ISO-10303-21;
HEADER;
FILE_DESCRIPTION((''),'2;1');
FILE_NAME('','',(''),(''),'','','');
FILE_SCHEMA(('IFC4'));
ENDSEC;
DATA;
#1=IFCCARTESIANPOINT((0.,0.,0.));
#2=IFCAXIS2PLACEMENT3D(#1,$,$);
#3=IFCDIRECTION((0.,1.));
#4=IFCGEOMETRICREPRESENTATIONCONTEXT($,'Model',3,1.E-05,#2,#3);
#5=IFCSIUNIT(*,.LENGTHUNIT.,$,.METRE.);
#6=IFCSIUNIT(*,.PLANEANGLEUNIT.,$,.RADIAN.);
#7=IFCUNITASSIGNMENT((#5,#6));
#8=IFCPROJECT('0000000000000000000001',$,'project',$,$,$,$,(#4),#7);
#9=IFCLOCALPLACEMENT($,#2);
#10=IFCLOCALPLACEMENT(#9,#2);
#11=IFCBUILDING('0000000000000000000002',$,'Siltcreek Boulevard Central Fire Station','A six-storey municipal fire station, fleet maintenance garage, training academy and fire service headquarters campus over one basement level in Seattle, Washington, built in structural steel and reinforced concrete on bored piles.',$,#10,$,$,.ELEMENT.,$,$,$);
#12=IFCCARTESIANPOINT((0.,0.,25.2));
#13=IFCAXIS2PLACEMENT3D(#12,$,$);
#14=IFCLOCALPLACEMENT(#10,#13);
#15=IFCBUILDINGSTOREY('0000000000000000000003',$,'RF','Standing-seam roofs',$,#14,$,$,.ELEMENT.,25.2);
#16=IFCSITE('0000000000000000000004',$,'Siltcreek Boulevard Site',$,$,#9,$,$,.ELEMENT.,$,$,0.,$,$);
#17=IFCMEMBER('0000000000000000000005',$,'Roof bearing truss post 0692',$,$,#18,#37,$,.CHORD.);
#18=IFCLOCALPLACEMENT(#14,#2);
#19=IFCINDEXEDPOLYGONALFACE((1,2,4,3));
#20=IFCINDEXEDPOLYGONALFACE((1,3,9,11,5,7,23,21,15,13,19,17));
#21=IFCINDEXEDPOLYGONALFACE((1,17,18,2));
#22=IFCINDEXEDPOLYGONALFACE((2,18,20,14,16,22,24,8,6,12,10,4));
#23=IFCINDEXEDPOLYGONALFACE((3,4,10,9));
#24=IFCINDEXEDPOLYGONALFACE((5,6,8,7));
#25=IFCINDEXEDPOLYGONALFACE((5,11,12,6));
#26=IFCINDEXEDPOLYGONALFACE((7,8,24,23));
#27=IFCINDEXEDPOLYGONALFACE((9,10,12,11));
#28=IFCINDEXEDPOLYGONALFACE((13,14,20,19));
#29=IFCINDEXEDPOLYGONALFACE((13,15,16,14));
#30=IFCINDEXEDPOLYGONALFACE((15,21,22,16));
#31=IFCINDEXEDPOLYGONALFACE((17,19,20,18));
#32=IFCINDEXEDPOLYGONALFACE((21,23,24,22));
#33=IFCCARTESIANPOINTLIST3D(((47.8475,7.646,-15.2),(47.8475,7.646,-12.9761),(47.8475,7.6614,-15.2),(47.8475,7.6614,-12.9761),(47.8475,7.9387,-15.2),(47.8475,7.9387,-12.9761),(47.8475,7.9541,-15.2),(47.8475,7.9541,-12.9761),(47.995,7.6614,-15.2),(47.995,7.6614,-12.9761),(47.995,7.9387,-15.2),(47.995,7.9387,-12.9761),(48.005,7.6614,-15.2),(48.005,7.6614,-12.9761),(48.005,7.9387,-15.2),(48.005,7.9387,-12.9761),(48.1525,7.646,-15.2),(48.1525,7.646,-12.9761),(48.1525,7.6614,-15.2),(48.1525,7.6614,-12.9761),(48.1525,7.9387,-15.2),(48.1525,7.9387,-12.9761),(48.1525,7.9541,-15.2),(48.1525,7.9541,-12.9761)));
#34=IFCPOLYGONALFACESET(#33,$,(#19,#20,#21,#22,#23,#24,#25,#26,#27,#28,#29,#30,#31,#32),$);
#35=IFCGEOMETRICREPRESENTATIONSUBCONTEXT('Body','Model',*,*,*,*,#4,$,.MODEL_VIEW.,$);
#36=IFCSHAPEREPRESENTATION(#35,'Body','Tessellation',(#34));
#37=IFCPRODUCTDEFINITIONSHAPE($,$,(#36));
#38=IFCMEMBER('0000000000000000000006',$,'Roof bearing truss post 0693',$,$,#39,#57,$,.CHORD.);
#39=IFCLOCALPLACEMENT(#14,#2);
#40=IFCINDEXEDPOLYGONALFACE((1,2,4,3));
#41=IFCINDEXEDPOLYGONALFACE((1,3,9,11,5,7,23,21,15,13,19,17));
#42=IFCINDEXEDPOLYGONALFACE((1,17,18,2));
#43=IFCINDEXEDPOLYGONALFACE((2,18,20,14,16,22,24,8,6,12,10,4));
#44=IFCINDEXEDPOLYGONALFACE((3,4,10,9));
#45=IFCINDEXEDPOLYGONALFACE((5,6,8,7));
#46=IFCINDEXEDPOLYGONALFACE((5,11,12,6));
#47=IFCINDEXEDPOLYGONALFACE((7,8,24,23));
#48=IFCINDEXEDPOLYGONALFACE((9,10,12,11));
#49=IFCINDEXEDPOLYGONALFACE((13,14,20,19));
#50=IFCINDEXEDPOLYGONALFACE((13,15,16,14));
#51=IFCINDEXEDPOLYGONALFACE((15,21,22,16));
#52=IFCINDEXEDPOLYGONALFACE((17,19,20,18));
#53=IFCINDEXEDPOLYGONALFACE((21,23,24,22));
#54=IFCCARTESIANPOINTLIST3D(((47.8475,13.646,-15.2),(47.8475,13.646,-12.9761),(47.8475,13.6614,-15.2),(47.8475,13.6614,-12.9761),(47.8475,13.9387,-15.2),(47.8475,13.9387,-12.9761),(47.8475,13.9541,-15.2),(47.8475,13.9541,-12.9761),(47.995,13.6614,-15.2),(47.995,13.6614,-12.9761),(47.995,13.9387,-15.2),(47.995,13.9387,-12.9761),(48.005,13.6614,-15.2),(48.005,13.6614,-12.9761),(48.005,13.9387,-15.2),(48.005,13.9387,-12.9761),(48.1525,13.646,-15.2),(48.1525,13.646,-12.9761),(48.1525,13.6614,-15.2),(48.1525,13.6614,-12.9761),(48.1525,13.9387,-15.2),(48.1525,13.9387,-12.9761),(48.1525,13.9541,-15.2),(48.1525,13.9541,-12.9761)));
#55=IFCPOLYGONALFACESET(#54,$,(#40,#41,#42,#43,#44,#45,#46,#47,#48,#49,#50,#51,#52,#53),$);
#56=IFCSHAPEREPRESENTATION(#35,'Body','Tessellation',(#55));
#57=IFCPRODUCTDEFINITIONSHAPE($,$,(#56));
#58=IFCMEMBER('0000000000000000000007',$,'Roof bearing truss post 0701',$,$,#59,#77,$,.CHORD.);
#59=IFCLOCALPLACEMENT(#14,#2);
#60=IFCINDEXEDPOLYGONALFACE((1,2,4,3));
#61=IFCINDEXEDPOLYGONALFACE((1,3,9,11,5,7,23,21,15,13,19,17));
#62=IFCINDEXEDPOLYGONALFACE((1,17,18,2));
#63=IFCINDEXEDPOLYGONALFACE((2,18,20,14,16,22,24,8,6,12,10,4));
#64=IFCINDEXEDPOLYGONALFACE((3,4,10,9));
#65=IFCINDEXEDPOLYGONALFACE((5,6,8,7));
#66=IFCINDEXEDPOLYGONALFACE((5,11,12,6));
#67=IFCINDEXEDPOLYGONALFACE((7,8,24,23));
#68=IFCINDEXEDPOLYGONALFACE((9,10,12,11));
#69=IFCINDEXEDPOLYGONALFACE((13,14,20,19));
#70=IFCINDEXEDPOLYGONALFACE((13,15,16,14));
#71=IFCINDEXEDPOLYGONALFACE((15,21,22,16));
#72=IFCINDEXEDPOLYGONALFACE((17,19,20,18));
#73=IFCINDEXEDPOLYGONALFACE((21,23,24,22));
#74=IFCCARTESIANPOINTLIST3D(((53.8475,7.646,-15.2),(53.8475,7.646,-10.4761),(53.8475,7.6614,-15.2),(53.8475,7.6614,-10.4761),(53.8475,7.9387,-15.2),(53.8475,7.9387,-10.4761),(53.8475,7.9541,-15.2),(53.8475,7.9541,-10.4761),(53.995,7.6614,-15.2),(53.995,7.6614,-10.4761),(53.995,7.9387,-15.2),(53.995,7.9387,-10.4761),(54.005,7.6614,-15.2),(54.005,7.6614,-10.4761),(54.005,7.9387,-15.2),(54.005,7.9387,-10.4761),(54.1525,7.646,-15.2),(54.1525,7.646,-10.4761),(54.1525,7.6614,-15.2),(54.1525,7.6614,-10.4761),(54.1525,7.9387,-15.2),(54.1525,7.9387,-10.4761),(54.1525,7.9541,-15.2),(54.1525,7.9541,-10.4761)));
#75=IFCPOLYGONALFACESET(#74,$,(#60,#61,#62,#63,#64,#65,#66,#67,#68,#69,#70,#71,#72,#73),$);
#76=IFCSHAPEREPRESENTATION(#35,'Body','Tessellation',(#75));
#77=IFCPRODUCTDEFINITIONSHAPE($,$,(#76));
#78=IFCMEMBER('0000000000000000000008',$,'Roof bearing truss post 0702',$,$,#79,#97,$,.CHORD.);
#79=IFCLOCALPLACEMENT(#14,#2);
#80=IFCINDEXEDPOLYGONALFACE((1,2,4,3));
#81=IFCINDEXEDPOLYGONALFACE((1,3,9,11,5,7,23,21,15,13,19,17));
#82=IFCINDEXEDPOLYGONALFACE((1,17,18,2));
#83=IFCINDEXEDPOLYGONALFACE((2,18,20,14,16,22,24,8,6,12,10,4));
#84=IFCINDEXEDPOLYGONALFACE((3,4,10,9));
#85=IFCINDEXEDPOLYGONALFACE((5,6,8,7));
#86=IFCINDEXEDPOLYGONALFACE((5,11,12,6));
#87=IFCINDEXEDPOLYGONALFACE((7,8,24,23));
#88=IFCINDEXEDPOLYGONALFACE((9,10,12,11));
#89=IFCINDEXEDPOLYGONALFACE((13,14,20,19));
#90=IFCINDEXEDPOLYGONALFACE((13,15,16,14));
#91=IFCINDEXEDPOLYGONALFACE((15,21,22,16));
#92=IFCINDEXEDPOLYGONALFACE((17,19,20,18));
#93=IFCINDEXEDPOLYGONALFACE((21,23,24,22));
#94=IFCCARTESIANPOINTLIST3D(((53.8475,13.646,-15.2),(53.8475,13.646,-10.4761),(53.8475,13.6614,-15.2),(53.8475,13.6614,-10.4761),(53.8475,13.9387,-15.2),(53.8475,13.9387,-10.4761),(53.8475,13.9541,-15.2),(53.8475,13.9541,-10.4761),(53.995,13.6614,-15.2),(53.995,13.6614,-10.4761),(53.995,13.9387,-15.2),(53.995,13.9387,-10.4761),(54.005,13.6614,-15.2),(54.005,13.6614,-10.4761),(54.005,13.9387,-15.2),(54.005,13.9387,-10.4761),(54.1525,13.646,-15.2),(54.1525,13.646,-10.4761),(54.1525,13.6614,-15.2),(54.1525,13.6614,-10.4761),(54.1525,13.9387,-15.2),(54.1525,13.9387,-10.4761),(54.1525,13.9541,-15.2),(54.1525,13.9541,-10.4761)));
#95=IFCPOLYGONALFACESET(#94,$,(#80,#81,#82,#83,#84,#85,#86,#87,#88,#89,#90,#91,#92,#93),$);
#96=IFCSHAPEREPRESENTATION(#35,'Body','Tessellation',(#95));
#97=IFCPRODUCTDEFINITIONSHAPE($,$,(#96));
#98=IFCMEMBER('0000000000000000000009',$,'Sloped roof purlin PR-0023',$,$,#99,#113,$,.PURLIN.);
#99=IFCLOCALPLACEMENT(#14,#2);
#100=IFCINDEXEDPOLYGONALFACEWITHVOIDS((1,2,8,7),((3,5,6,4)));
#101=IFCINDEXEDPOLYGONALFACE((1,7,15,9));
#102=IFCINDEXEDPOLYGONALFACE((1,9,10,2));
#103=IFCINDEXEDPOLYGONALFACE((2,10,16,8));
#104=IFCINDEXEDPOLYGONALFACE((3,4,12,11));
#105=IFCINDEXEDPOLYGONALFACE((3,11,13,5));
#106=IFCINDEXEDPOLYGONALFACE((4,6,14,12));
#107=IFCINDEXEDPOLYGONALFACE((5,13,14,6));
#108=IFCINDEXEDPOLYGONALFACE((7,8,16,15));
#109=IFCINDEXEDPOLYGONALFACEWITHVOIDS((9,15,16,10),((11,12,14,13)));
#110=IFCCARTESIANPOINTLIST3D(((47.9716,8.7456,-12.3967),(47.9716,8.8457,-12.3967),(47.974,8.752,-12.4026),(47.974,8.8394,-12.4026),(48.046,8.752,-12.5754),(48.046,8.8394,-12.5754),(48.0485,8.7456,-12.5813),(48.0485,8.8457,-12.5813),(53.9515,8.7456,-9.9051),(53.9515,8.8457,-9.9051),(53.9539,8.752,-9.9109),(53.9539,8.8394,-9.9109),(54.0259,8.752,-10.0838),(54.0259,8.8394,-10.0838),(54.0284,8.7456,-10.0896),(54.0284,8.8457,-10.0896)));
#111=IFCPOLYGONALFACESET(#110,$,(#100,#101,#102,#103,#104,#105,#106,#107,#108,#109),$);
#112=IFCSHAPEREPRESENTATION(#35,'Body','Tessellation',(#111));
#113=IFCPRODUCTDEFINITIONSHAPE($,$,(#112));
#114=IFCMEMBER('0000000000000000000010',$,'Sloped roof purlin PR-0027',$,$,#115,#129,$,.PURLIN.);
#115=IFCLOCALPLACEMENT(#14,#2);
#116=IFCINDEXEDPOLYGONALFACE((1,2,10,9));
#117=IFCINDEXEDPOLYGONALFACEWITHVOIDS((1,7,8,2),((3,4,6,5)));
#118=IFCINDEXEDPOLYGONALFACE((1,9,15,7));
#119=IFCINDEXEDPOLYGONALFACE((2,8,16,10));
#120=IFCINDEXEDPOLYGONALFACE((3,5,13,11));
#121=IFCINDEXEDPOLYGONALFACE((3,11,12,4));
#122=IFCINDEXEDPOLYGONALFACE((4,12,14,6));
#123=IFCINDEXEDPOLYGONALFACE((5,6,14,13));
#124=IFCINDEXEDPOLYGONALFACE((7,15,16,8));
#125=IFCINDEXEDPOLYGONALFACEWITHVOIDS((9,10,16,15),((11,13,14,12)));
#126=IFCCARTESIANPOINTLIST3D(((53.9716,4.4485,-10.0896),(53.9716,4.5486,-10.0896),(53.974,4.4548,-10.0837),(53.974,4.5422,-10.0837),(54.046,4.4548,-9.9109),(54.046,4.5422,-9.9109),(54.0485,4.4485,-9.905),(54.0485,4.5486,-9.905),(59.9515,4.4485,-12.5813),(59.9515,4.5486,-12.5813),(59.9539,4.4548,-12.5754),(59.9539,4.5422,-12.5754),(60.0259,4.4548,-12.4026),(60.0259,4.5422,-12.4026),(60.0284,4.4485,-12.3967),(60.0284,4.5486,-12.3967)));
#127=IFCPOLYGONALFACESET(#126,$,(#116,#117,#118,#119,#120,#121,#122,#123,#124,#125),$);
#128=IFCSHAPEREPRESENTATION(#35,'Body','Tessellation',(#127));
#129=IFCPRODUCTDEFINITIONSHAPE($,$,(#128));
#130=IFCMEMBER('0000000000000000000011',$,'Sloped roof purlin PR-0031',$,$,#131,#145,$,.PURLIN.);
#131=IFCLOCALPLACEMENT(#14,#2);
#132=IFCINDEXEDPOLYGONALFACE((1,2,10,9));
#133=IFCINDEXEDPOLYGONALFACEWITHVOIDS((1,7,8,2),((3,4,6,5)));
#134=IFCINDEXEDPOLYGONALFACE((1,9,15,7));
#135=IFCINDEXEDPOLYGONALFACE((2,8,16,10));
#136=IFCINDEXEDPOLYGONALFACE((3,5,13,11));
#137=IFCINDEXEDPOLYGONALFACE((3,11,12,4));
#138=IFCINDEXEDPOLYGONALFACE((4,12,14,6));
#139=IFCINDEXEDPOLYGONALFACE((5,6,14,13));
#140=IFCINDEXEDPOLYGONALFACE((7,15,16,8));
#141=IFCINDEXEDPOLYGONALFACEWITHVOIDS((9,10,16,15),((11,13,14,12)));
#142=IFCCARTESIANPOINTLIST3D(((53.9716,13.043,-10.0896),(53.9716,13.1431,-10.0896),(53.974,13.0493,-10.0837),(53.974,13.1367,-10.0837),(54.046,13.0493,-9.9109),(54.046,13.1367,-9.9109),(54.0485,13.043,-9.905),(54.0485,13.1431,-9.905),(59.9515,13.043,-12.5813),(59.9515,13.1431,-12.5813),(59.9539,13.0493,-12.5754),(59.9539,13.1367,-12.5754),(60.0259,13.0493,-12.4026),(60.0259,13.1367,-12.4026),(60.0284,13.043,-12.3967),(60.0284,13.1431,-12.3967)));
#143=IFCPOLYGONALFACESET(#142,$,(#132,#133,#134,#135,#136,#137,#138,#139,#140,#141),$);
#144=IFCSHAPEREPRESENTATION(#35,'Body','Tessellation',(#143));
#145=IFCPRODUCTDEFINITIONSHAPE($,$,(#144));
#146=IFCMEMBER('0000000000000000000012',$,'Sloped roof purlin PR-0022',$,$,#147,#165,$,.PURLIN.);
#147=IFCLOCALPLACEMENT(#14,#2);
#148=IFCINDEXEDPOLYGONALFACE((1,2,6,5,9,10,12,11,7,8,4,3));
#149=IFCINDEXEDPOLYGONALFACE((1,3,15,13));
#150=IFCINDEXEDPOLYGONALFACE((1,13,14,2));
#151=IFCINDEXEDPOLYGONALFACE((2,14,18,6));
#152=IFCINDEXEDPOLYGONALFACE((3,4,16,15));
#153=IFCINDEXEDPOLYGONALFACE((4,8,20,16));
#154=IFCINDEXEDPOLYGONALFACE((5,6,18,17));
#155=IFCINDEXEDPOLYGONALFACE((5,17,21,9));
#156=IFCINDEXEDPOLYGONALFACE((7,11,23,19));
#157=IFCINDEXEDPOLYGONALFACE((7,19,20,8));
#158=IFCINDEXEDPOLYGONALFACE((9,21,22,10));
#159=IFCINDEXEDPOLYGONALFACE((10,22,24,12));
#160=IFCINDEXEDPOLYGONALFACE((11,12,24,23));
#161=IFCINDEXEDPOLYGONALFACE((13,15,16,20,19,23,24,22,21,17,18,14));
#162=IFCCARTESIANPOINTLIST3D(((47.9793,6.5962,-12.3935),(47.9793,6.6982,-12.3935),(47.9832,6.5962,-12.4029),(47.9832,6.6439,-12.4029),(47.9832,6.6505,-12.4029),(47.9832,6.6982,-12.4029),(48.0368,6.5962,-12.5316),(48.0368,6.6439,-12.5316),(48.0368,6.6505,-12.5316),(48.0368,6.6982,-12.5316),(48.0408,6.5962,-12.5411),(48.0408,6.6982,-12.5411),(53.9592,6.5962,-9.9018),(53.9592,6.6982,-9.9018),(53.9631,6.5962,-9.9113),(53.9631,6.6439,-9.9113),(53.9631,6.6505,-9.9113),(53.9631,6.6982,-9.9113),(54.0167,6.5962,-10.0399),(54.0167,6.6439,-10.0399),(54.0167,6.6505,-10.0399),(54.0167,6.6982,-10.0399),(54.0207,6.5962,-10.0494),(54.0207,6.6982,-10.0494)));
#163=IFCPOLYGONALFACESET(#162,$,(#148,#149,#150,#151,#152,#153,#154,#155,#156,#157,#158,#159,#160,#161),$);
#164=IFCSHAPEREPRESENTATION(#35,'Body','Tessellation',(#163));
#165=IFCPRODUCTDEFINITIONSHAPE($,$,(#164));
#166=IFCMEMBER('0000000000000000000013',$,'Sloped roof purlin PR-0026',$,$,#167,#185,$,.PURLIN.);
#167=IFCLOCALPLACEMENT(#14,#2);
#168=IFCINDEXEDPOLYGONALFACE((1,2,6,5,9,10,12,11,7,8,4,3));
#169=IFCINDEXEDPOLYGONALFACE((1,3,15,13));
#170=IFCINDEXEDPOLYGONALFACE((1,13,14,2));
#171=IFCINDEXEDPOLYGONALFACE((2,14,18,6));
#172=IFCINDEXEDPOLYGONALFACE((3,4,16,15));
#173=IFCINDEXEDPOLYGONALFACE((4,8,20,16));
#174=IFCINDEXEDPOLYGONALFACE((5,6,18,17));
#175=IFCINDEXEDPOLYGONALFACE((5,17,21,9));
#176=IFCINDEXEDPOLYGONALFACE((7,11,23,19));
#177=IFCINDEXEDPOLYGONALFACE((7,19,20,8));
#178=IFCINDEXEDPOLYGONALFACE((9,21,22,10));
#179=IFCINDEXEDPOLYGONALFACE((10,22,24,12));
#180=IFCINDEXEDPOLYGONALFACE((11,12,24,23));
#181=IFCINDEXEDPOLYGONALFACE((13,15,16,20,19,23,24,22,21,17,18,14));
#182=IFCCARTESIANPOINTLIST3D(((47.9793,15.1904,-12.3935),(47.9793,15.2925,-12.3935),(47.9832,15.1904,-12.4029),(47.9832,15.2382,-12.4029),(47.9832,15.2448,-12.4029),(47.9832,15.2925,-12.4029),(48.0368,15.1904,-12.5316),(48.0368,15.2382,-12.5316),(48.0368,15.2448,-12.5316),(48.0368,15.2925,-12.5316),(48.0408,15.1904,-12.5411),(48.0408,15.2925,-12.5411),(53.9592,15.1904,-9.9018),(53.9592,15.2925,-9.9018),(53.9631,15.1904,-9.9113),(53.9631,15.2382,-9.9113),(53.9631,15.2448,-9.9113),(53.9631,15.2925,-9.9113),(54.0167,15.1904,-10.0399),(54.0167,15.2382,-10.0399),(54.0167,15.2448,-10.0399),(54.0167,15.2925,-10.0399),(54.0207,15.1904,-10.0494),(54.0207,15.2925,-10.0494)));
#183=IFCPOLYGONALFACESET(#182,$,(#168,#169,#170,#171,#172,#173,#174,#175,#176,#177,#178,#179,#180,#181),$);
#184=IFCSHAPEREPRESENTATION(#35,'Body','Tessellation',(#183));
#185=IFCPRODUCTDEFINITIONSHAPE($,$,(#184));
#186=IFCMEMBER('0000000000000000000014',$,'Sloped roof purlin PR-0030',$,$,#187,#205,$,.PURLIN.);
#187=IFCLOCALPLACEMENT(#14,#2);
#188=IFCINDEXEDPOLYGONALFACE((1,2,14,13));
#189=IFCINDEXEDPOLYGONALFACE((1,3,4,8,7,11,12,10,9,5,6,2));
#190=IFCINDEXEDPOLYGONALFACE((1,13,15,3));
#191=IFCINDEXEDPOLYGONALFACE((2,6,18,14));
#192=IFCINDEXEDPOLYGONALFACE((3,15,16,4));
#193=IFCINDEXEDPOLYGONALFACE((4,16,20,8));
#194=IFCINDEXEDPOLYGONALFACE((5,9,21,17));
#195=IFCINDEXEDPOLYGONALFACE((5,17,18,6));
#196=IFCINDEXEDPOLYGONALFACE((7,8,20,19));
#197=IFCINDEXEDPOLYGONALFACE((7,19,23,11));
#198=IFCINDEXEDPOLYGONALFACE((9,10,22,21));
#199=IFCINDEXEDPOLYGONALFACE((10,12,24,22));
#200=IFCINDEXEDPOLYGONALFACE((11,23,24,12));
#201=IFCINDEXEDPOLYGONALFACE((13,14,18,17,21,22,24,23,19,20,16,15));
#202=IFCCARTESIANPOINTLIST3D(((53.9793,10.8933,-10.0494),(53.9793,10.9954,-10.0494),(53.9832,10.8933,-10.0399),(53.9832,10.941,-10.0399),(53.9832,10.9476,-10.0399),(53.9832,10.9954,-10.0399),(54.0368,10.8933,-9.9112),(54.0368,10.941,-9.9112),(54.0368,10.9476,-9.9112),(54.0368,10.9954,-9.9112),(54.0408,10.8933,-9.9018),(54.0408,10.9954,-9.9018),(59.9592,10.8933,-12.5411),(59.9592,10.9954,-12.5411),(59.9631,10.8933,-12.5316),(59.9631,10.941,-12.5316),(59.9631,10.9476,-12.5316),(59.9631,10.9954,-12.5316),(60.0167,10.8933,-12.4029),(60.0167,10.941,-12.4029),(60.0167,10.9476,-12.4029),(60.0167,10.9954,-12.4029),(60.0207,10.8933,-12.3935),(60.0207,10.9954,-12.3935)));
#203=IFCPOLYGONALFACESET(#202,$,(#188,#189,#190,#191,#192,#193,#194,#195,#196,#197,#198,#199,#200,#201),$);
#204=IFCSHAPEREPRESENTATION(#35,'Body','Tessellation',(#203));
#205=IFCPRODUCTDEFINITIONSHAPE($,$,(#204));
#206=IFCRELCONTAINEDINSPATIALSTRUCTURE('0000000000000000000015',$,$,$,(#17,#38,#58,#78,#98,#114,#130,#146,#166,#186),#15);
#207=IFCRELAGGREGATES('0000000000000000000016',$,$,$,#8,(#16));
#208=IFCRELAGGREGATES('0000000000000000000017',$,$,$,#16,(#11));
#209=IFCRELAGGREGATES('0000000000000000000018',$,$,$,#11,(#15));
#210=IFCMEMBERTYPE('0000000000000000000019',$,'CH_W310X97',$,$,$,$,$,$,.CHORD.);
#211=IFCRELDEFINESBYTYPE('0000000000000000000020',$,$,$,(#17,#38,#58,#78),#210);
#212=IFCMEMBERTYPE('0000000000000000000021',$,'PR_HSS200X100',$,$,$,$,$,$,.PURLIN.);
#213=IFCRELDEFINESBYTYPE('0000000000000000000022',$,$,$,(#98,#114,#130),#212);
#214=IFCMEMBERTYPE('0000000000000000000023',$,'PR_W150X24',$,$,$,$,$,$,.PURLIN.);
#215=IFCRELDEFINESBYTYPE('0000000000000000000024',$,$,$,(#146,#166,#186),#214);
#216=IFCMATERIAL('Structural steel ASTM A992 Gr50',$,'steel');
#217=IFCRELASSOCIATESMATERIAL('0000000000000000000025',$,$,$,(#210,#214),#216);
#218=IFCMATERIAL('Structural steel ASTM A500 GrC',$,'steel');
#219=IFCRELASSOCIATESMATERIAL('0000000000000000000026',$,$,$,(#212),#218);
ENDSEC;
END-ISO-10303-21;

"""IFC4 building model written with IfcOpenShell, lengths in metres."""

from ifc_helpers import new_model, si_unit, direction, frame, origin, origin_2d, place, context, subcontext, project, spatial, hollow_rectangle, i_section, extrude, material, material_profile, profile_set, type_object, element, save


model = new_model("IFC4")

# Units and contexts
model_context = context("Model", 3, precision=1e-05, world=origin(), true_north=direction((0.0, 1.0)))
body_context = subcontext(model_context, "Body", "Model", "MODEL_VIEW")
ifc_project = project(units=[si_unit("LENGTHUNIT", "METRE"), si_unit("PLANEANGLEUNIT", "RADIAN")], contexts=[model_context])

# Site, building, storey
site_placement = place(None, origin())
site = spatial("IfcSite", under=ifc_project, at=site_placement, Name="Siltcreek Boulevard Site", CompositionType="ELEMENT", RefElevation=0.0)
building_placement = place(site_placement, origin())
building = spatial("IfcBuilding", under=site, at=building_placement, Name="Siltcreek Boulevard Central Fire Station", Description="A six-storey municipal fire station, fleet maintenance garage, training academy and fire service headquarters campus over one basement level in Seattle, Washington, built in structural steel and reinforced concrete on bored piles.", CompositionType="ELEMENT")
storey_placement = place(building_placement, frame((0.0, 0.0, 25.2)))
storey = spatial("IfcBuildingStorey", under=building, at=storey_placement, Name="RF", Description="Standing-seam roofs", CompositionType="ELEMENT", Elevation=25.2)

# Members
ifc_material_1 = material(Name="Structural steel ASTM A992 Gr50", Category="steel")
ifc_material_profile_1 = material_profile(ifc_material_1, i_section(OverallWidth=0.3049, OverallDepth=0.3081, WebThickness=0.01, FlangeThickness=0.0154, at=origin_2d()), Name="W310X97")
ifc_profile_set_1 = profile_set([ifc_material_profile_1], Name="Structural steel ASTM A992 Gr50")
member_type_1 = type_object("IfcMemberType", Name="CH_W310X97", PredefinedType="CHORD", material=ifc_profile_set_1)
for number, where, z_axis, x_axis, name in (
    (1, (48.0, 7.8, -15.2), (0.0, 0.0, 1.0), (1.0, 0.0, 0.0), "Roof bearing truss post 0692"),
    (2, (48.0, 13.8, -15.2), (0.0, 0.0, 1.0), (1.0, 0.0, 0.0), "Roof bearing truss post 0693"),
):
    element("IfcMember", number, at=place(storey_placement, frame(where, z_axis=z_axis, x_axis=x_axis)), inside=storey, type_object=member_type_1, Name=name, PredefinedType="CHORD", context=body_context, shape_type="SweptSolid", body=[
        extrude(i_section(OverallWidth=0.3049, OverallDepth=0.3081, WebThickness=0.01, FlangeThickness=0.0154, at=origin_2d()), origin(), (0.0, 0.0, 1.0), 2.2239),
    ])
for number, where, z_axis, x_axis, name in (
    (3, (54.0, 7.8, -15.2), (0.0, 0.0, 1.0), (1.0, 0.0, 0.0), "Roof bearing truss post 0701"),
    (4, (54.0, 13.8, -15.2), (0.0, 0.0, 1.0), (1.0, 0.0, 0.0), "Roof bearing truss post 0702"),
):
    element("IfcMember", number, at=place(storey_placement, frame(where, z_axis=z_axis, x_axis=x_axis)), inside=storey, type_object=member_type_1, Name=name, PredefinedType="CHORD", context=body_context, shape_type="SweptSolid", body=[
        extrude(i_section(OverallWidth=0.3049, OverallDepth=0.3081, WebThickness=0.01, FlangeThickness=0.0154, at=origin_2d()), origin(), (0.0, 0.0, 1.0), 4.7239),
    ])
ifc_material_2 = material(Name="Structural steel ASTM A500 GrC", Category="steel")
ifc_material_profile_2 = material_profile(ifc_material_2, hollow_rectangle(XDim=0.1001, YDim=0.2, WallThickness=0.0063, at=origin_2d()), Name="HSS200X100X6.4")
ifc_profile_set_2 = profile_set([ifc_material_profile_2], Name="Structural steel ASTM A500 GrC")
member_type_2 = type_object("IfcMemberType", Name="PR_HSS200X100", PredefinedType="PURLIN", material=ifc_profile_set_2)
for number, where, z_axis, x_axis, name in (
    (5, (48.01, 8.7957, -12.489), (0.923075, 0.0, 0.384621), (0.0, 1.0, 0.0), "Sloped roof purlin PR-0023"),
    (6, (54.01, 4.4985, -9.9973), (0.923075, 0.0, -0.384621), (0.0, 1.0, 0.0), "Sloped roof purlin PR-0027"),
    (7, (54.01, 13.093, -9.9973), (0.923075, 0.0, -0.384621), (0.0, 1.0, 0.0), "Sloped roof purlin PR-0031"),
):
    element("IfcMember", number, at=place(storey_placement, frame(where, z_axis=z_axis, x_axis=x_axis)), inside=storey, type_object=member_type_2, Name=name, PredefinedType="PURLIN", context=body_context, shape_type="SweptSolid", body=[
        extrude(hollow_rectangle(XDim=0.1001, YDim=0.2, WallThickness=0.0063, at=origin_2d()), origin(), (0.0, 0.0, 1.0), 6.4783),
    ])
ifc_material_profile_3 = material_profile(ifc_material_1, i_section(OverallWidth=0.1021, OverallDepth=0.1599, WebThickness=0.0066, FlangeThickness=0.0103, at=origin_2d()), Name="W150X24")
ifc_profile_set_3 = profile_set([ifc_material_profile_3], Name="Structural steel ASTM A992 Gr50")
member_type_3 = type_object("IfcMemberType", Name="PR_W150X24", PredefinedType="PURLIN", material=ifc_profile_set_3)
for number, where, z_axis, x_axis, name in (
    (8, (48.01, 6.6472, -12.4673), (0.923075, 0.0, 0.384621), (0.0, 1.0, 0.0), "Sloped roof purlin PR-0022"),
    (9, (48.01, 15.2415, -12.4673), (0.923075, 0.0, 0.384621), (0.0, 1.0, 0.0), "Sloped roof purlin PR-0026"),
    (10, (54.01, 10.9443, -9.9756), (0.923075, 0.0, -0.384621), (0.0, 1.0, 0.0), "Sloped roof purlin PR-0030"),
):
    element("IfcMember", number, at=place(storey_placement, frame(where, z_axis=z_axis, x_axis=x_axis)), inside=storey, type_object=member_type_3, Name=name, PredefinedType="PURLIN", context=body_context, shape_type="SweptSolid", body=[
        extrude(i_section(OverallWidth=0.1021, OverallDepth=0.1599, WebThickness=0.0066, FlangeThickness=0.0103, at=origin_2d()), origin(), (0.0, 0.0, 1.0), 6.4783),
    ])

save(model, "model.ifc")
